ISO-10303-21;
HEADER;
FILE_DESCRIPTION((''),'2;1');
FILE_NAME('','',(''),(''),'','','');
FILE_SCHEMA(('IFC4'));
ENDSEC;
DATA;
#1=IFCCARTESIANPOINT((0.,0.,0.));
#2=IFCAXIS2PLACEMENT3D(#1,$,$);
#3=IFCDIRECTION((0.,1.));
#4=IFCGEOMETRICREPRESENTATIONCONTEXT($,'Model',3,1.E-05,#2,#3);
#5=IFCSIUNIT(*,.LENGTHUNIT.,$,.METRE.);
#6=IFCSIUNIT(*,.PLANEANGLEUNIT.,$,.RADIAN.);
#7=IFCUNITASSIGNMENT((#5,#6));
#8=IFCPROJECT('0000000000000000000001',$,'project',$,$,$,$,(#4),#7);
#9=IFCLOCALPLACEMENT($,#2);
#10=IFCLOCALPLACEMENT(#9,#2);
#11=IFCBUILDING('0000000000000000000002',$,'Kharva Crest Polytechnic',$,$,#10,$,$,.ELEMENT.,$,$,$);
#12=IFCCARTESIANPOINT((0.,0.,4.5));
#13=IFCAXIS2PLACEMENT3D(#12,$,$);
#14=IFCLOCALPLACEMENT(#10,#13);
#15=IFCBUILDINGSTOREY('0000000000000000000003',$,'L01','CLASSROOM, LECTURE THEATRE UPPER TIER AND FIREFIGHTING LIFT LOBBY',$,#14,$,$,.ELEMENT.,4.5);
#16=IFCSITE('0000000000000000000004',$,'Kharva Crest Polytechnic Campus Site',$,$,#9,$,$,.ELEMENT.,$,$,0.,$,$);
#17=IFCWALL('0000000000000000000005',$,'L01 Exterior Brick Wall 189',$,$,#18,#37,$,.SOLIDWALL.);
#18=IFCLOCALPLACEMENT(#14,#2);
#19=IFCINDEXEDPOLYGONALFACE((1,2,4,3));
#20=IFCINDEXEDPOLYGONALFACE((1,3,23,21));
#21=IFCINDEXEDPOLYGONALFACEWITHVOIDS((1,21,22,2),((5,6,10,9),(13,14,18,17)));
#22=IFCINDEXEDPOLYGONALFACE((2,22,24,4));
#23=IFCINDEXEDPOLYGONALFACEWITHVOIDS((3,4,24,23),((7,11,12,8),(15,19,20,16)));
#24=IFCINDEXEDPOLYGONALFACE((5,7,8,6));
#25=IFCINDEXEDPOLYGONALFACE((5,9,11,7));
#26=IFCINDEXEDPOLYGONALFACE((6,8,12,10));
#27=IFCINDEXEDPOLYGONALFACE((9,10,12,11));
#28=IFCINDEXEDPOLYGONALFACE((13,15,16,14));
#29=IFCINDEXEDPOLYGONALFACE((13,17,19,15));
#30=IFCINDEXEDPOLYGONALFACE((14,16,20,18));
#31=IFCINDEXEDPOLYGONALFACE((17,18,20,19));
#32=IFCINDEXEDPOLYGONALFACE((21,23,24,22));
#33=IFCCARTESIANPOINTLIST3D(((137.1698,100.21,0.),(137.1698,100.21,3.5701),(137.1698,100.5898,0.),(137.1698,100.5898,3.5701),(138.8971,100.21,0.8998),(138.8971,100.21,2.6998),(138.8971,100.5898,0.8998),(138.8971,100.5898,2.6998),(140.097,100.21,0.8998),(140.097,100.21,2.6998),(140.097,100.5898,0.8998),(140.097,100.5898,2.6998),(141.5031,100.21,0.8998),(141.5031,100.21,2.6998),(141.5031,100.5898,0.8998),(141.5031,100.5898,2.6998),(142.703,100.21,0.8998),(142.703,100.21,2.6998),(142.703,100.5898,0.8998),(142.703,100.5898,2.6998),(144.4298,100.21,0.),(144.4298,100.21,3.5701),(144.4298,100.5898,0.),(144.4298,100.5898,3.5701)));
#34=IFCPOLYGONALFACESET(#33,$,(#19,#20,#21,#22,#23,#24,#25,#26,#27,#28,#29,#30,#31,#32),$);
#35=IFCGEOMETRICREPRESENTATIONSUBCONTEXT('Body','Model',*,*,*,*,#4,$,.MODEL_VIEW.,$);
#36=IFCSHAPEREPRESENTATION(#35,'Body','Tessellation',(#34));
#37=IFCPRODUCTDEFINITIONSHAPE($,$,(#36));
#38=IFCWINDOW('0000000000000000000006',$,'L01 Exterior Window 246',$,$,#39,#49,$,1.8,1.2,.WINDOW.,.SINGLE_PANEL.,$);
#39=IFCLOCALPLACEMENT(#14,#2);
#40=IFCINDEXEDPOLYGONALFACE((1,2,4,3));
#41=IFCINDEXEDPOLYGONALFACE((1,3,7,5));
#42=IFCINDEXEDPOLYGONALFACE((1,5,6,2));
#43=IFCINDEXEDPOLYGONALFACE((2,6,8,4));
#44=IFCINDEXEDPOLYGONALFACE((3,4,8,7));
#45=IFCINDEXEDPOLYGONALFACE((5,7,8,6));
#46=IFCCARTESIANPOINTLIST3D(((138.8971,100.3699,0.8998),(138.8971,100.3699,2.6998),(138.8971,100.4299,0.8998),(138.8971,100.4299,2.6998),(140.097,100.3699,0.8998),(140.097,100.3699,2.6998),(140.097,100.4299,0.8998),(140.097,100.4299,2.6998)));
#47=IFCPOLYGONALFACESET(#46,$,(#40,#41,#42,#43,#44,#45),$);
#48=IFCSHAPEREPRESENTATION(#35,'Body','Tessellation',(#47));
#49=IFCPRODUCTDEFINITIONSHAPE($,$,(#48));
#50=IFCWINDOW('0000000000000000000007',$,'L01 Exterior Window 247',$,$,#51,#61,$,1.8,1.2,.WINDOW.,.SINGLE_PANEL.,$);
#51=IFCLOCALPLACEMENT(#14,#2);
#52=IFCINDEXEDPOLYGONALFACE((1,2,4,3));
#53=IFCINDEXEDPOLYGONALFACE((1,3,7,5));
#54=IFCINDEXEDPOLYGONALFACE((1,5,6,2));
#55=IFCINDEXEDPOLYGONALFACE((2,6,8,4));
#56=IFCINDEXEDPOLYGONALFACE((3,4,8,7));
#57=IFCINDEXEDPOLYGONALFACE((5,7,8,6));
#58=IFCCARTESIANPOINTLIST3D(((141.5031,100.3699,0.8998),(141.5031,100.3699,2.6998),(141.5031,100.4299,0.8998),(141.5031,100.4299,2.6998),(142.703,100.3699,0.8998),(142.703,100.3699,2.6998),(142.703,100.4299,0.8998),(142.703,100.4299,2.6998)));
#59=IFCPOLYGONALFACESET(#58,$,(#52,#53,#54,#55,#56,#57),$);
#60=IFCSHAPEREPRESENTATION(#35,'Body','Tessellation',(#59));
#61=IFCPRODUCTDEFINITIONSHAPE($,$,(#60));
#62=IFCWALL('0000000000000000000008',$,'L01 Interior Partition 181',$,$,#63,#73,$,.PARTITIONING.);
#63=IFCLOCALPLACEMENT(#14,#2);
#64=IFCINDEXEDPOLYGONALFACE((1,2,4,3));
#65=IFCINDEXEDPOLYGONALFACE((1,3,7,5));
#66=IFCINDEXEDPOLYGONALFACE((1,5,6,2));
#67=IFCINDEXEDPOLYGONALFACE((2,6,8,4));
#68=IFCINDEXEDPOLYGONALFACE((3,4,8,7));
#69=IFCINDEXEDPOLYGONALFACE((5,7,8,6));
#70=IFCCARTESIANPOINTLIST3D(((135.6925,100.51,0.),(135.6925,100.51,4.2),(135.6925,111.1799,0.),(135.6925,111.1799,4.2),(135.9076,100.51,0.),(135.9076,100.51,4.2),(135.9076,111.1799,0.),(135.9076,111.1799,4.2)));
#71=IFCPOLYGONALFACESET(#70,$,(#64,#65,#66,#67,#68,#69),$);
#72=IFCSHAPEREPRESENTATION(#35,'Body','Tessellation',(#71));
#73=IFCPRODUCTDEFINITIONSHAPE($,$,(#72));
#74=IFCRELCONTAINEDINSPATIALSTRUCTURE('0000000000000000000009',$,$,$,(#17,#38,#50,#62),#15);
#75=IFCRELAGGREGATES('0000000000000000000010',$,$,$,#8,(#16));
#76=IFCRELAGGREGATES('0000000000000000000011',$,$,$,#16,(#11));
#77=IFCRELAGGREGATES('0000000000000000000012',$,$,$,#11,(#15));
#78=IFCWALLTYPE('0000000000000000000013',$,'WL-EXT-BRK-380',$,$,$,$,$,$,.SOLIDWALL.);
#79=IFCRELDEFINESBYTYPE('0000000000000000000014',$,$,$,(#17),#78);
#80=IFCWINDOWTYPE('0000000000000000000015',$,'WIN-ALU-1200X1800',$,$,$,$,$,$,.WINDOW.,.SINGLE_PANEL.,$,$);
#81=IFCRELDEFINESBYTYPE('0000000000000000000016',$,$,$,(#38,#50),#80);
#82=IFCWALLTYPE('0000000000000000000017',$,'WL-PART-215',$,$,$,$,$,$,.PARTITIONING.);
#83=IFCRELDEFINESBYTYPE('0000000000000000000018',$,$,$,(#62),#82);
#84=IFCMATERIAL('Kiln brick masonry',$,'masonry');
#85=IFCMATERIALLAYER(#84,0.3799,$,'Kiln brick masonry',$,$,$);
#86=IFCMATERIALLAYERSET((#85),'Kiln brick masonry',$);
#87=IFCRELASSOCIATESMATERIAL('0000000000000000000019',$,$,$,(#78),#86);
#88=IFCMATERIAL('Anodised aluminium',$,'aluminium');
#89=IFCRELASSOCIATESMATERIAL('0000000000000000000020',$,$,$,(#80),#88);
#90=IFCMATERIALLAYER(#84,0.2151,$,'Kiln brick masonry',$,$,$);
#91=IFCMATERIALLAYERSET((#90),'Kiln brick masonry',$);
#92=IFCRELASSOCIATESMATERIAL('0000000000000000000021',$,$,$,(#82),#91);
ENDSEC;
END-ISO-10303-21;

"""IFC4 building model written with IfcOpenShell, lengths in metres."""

from ifc_helpers import new_model, si_unit, direction, frame, frame_2d, origin, place, context, subcontext, project, spatial, rectangle, extrude, material, layer, layer_set, type_object, element, fill, save


model = new_model("IFC4")

# Units and contexts
model_context = context("Model", 3, precision=1e-05, world=origin(), true_north=direction((0.0, 1.0)))
body_context = subcontext(model_context, "Body", "Model", "MODEL_VIEW")
ifc_project = project(units=[si_unit("LENGTHUNIT", "METRE"), si_unit("PLANEANGLEUNIT", "RADIAN")], contexts=[model_context])

# Site, building, storey
site_placement = place(None, origin())
site = spatial("IfcSite", under=ifc_project, at=site_placement, Name="Kharva Crest Polytechnic Campus Site", CompositionType="ELEMENT", RefElevation=0.0)
building_placement = place(site_placement, origin())
building = spatial("IfcBuilding", under=site, at=building_placement, Name="Kharva Crest Polytechnic", CompositionType="ELEMENT")
storey_placement = place(building_placement, frame((0.0, 0.0, 4.5)))
storey = spatial("IfcBuildingStorey", under=building, at=storey_placement, Name="L01", Description="CLASSROOM, LECTURE THEATRE UPPER TIER AND FIREFIGHTING LIFT LOBBY", CompositionType="ELEMENT", Elevation=4.5)

# Shared definitions
ifc_material_1 = material(Name="Kiln brick masonry", Category="masonry")
ifc_material_2 = material(Name="Anodised aluminium", Category="aluminium")

# Wall, openings, windows
ifc_layer_1 = layer(ifc_material_1, 0.3799, Name="Kiln brick masonry")
ifc_layer_set_1 = layer_set([ifc_layer_1], Name="Kiln brick masonry")
wall_type_1 = type_object("IfcWallType", Name="WL-EXT-BRK-380", PredefinedType="SOLIDWALL", material=ifc_layer_set_1)
wall_1_placement = place(storey_placement, frame((137.1699, 100.3999, 0.0), z_axis=(0.0, 0.0, 1.0), x_axis=(1.0, 0.0, 0.0)))
wall_1 = element("IfcWall", 1, at=wall_1_placement, inside=storey, type_object=wall_type_1, Name="L01 Exterior Brick Wall 189", PredefinedType="SOLIDWALL", context=body_context, shape_type="SweptSolid", body=[
    extrude(rectangle(XDim=7.26, YDim=0.3799, at=frame_2d((3.6299, 0.0))), origin(), (0.0, 0.0, 1.0), 3.5701),
])
opening_1_placement = place(wall_1_placement, frame((1.7271, 0.0, 0.8999)))
opening_1 = element("IfcOpeningElement", 2, at=opening_1_placement, cuts=wall_1, PredefinedType="OPENING", context=body_context, shape_type="SweptSolid", body=[
    extrude(rectangle(XDim=1.2, YDim=1.8, at=frame_2d((0.6001, 0.8999))), frame((0.0, 0.2, 0.0), z_axis=(0.0, -1.0, 0.0), x_axis=(1.0, 0.0, 0.0)), (0.0, 0.0, 1.0), 0.3999),
])
opening_2_placement = place(wall_1_placement, frame((4.333, 0.0, 0.8999)))
opening_2 = element("IfcOpeningElement", 3, at=opening_2_placement, cuts=wall_1, PredefinedType="OPENING", context=body_context, shape_type="SweptSolid", body=[
    extrude(rectangle(XDim=1.2, YDim=1.8, at=frame_2d((0.6001, 0.8999))), frame((0.0, 0.2, 0.0), z_axis=(0.0, -1.0, 0.0), x_axis=(1.0, 0.0, 0.0)), (0.0, 0.0, 1.0), 0.3999),
])
window_type_1 = type_object("IfcWindowType", Name="WIN-ALU-1200X1800", PartitioningType="SINGLE_PANEL", PredefinedType="WINDOW", material=ifc_material_2)
window_1_placement = place(opening_1_placement, origin())
window_1 = element("IfcWindow", 4, at=window_1_placement, inside=storey, type_object=window_type_1, Name="L01 Exterior Window 246", OverallHeight=1.8, OverallWidth=1.2, PartitioningType="SINGLE_PANEL", PredefinedType="WINDOW", context=body_context, shape_type="SweptSolid", body=[
    extrude(rectangle(XDim=1.2, YDim=1.8, at=frame_2d((0.6001, 0.8999))), frame((0.0, 0.03, 0.0), z_axis=(0.0, -1.0, 0.0), x_axis=(1.0, 0.0, 0.0)), (0.0, 0.0, 1.0), 0.0601),
])
fill(opening_1, window_1)
window_2_placement = place(opening_2_placement, origin())
window_2 = element("IfcWindow", 5, at=window_2_placement, inside=storey, type_object=window_type_1, Name="L01 Exterior Window 247", OverallHeight=1.8, OverallWidth=1.2, PartitioningType="SINGLE_PANEL", PredefinedType="WINDOW", context=body_context, shape_type="SweptSolid", body=[
    extrude(rectangle(XDim=1.2, YDim=1.8, at=frame_2d((0.6001, 0.8999))), frame((0.0, 0.03, 0.0), z_axis=(0.0, -1.0, 0.0), x_axis=(1.0, 0.0, 0.0)), (0.0, 0.0, 1.0), 0.0601),
])
fill(opening_2, window_2)

# Wall
ifc_layer_2 = layer(ifc_material_1, 0.2151, Name="Kiln brick masonry")
ifc_layer_set_2 = layer_set([ifc_layer_2], Name="Kiln brick masonry")
wall_type_2 = type_object("IfcWallType", Name="WL-PART-215", PredefinedType="PARTITIONING", material=ifc_layer_set_2)
wall_2_placement = place(storey_placement, frame((135.8, 100.51, 0.0), z_axis=(0.0, 0.0, 1.0), x_axis=(0.0, 1.0, 0.0)))
element("IfcWall", 6, at=wall_2_placement, inside=storey, type_object=wall_type_2, Name="L01 Interior Partition 181", PredefinedType="PARTITIONING", context=body_context, shape_type="SweptSolid", body=[
    extrude(rectangle(XDim=10.6699, YDim=0.2151, at=frame_2d((5.335, 0.0))), origin(), (0.0, 0.0, 1.0), 4.2),
])

save(model, "model.ifc")
